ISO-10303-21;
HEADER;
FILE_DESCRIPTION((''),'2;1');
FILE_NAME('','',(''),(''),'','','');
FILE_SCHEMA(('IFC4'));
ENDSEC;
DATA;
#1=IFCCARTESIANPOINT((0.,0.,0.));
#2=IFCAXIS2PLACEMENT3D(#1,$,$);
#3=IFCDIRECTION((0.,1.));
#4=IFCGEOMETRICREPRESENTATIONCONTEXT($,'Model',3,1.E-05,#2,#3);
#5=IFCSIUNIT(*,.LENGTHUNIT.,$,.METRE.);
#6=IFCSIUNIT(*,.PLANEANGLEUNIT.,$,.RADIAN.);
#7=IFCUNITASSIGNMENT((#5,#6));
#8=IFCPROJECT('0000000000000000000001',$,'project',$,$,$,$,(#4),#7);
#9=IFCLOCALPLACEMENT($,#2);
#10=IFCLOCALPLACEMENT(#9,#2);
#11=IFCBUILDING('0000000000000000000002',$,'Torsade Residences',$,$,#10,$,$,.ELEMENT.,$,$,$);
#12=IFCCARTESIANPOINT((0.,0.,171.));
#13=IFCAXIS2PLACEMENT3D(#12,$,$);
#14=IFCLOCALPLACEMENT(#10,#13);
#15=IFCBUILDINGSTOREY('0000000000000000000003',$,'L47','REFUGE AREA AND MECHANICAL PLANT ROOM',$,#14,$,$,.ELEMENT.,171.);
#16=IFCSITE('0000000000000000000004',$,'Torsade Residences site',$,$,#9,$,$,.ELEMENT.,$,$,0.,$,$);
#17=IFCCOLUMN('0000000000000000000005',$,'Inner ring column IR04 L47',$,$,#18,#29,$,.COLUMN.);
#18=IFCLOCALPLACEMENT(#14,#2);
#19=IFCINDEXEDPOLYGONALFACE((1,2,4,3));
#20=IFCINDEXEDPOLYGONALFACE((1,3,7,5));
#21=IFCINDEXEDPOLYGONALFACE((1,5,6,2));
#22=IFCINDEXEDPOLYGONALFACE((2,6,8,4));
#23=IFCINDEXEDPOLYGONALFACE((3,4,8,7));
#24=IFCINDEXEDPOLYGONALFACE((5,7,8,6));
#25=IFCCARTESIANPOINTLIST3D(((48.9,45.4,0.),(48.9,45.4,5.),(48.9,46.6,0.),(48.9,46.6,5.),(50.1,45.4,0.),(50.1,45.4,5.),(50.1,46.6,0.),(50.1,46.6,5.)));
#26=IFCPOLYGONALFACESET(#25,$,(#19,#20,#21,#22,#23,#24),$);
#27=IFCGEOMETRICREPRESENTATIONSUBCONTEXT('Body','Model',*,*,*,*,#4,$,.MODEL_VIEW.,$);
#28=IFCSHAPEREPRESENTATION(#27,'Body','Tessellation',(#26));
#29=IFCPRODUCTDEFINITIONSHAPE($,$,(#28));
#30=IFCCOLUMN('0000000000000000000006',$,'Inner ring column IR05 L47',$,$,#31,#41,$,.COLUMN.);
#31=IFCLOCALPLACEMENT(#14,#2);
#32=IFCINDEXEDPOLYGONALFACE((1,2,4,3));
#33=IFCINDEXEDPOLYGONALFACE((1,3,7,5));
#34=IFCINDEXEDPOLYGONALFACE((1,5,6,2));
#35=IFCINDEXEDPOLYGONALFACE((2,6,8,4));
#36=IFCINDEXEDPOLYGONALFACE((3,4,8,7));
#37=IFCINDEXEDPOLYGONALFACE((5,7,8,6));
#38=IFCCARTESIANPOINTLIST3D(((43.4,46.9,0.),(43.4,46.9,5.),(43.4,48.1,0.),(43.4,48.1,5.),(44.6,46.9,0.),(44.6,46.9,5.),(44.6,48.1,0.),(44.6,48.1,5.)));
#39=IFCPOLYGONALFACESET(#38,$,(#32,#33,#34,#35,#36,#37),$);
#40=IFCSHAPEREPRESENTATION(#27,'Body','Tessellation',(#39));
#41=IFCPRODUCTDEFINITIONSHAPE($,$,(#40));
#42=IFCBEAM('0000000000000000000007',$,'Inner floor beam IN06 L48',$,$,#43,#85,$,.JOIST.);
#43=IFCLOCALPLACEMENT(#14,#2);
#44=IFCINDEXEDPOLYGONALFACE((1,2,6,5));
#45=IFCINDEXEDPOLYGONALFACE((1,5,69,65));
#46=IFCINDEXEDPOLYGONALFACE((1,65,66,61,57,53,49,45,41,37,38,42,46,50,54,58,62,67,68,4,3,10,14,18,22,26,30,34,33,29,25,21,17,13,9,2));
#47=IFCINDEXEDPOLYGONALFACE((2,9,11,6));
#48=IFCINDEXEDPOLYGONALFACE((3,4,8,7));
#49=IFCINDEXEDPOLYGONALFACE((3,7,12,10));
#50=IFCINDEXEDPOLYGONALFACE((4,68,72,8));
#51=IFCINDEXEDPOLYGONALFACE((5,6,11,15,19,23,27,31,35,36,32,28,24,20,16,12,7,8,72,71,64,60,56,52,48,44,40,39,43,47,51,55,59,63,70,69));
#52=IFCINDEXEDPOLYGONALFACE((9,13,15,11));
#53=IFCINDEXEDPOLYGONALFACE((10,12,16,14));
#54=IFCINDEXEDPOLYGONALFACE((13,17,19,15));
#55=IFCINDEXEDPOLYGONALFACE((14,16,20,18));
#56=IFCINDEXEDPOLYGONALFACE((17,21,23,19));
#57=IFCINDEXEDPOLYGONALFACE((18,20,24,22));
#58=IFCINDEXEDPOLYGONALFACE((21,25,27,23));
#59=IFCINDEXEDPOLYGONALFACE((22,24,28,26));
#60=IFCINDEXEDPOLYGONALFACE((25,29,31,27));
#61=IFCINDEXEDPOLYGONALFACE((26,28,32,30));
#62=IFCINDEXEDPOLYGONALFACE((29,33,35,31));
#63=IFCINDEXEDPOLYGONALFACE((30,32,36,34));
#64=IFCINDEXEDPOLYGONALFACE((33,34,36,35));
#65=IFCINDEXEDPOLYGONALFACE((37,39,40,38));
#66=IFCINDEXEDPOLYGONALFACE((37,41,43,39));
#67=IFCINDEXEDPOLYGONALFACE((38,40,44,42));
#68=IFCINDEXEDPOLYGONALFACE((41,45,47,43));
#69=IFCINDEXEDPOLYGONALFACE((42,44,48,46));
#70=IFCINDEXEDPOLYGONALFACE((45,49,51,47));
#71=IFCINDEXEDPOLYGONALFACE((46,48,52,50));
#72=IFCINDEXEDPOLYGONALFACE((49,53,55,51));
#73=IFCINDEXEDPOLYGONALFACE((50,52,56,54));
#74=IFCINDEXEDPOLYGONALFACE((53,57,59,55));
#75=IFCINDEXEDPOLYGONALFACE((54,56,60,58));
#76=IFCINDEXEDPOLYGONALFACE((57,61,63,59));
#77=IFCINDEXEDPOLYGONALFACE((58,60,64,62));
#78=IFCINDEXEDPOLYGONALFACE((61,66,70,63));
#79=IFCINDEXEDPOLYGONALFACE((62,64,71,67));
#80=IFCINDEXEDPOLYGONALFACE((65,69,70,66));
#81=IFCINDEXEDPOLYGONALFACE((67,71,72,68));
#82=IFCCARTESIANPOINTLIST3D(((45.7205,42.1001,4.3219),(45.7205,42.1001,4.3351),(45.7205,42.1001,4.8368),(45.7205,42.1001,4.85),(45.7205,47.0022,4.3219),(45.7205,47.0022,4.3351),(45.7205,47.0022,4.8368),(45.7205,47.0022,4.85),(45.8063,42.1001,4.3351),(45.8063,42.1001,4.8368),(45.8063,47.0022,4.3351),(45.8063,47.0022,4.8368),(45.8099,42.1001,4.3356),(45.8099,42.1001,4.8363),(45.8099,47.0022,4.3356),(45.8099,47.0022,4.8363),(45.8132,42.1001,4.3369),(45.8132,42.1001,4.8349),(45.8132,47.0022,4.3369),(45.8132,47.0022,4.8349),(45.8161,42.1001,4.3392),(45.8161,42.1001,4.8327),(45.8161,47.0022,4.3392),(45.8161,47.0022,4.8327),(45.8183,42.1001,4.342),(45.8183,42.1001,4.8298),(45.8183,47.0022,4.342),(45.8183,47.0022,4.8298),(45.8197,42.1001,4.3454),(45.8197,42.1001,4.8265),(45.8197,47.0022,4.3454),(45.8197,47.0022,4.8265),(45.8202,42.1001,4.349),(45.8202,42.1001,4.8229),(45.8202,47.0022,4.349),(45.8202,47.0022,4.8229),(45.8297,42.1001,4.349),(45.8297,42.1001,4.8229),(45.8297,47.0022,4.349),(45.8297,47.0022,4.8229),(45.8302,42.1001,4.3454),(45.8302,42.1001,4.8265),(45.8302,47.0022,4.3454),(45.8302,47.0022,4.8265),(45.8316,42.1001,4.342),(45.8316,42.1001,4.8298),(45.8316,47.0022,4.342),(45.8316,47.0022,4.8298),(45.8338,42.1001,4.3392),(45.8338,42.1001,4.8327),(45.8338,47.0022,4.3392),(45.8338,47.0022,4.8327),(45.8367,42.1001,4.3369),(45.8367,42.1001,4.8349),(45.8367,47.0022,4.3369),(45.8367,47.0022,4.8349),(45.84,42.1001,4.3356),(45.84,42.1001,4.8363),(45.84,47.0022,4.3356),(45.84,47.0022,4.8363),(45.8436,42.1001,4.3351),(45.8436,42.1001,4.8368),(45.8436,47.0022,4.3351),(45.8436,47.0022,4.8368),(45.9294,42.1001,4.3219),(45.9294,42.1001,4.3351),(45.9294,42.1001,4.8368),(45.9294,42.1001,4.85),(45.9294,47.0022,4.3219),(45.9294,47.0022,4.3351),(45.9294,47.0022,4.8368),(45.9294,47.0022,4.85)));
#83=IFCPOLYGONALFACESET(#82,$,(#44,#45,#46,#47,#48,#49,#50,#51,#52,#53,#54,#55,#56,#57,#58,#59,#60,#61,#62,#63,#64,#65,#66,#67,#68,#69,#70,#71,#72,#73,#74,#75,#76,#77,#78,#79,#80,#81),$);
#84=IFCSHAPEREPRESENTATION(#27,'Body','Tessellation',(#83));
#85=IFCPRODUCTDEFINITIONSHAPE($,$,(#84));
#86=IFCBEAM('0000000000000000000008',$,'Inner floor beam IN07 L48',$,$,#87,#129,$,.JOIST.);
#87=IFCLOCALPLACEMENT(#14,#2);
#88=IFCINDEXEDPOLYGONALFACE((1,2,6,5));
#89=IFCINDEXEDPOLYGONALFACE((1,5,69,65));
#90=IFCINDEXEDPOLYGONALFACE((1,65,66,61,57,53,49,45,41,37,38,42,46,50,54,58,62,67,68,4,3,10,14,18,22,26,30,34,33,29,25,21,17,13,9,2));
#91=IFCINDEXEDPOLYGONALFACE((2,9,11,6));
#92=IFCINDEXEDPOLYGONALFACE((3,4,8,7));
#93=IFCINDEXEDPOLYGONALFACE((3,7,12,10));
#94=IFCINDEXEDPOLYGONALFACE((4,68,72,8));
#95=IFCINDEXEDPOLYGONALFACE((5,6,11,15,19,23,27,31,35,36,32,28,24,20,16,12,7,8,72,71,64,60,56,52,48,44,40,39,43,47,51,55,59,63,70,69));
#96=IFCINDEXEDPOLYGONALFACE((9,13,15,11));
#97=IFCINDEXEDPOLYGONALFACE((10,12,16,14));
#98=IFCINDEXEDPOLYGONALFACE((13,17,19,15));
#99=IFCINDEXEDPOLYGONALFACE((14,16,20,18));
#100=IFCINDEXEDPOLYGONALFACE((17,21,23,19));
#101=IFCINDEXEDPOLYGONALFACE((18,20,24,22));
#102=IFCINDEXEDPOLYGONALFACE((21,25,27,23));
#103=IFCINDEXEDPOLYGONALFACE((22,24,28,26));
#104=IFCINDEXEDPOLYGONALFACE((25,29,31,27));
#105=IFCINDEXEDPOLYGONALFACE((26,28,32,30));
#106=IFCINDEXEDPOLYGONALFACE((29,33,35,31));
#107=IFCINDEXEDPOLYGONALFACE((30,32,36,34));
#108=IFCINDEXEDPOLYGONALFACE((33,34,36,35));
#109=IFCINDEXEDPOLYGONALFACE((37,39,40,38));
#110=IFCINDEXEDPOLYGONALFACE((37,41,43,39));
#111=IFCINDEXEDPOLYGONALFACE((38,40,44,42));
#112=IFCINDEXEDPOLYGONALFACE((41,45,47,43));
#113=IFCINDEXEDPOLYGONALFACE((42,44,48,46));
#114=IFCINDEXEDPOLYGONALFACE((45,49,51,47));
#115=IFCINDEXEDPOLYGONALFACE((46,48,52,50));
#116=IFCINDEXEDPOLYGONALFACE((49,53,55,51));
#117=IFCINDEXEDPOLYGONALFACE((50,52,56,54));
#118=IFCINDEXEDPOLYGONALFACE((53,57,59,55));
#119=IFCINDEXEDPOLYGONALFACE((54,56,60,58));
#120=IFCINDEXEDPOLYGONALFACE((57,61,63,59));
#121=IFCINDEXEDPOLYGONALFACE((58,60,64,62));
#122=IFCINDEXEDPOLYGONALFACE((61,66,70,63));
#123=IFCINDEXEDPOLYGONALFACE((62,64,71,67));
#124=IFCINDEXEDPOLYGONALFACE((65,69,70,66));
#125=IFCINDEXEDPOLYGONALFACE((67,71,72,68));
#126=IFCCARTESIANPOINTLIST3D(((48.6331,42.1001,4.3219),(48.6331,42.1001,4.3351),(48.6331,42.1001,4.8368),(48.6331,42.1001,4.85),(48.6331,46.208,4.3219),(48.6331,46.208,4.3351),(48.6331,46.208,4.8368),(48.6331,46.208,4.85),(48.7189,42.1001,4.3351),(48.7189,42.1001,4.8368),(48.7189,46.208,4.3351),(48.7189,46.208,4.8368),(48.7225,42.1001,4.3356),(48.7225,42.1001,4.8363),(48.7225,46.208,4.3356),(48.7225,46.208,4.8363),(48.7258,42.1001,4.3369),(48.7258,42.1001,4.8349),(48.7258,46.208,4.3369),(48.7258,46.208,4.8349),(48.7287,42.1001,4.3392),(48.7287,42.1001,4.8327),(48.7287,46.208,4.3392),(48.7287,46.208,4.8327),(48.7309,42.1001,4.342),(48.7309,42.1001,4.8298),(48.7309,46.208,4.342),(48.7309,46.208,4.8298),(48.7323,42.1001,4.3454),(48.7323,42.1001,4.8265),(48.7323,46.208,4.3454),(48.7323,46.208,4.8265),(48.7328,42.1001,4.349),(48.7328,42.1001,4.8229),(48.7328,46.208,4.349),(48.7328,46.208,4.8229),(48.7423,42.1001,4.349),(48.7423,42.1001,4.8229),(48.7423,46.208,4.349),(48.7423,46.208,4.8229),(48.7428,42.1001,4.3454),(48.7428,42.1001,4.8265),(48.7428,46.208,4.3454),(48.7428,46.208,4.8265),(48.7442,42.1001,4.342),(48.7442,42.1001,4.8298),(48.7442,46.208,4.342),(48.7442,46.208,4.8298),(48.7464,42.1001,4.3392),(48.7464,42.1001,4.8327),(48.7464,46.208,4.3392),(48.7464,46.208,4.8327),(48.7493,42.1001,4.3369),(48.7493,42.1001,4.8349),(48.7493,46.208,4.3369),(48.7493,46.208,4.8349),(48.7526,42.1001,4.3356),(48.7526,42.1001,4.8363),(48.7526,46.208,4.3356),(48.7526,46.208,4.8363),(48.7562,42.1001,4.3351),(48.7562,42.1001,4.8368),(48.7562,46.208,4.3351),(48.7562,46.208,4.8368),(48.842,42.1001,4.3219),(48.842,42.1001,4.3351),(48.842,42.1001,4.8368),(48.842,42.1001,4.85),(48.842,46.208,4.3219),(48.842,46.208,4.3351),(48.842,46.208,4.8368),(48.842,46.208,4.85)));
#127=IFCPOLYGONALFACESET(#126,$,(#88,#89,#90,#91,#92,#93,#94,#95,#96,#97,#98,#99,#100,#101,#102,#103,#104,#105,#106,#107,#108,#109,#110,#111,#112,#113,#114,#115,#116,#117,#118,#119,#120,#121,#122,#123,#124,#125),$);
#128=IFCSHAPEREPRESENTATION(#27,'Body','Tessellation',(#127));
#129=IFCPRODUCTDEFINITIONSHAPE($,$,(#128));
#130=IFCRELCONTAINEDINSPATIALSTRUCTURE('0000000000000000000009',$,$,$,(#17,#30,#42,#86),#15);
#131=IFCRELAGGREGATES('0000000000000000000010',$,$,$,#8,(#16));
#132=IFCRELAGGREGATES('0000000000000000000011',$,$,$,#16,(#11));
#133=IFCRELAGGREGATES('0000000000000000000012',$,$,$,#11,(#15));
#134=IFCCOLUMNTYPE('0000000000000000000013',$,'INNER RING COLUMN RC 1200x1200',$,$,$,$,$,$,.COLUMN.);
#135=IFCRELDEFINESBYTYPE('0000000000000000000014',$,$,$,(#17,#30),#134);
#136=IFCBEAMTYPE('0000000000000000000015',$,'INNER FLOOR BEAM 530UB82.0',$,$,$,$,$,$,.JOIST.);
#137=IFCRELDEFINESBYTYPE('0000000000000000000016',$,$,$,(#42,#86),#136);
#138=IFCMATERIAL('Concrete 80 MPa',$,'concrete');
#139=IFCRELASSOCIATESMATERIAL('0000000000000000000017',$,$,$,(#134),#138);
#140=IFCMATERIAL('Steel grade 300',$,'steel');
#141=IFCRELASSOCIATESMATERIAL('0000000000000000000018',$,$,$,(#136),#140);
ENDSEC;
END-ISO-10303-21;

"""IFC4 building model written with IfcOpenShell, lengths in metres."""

from ifc_helpers import new_model, si_unit, direction, frame, origin, origin_2d, place, context, subcontext, project, spatial, rectangle, i_section, extrude, material, material_profile, profile_set, type_object, element, save


model = new_model("IFC4")

# Units and contexts
model_context = context("Model", 3, precision=1e-05, world=origin(), true_north=direction((0.0, 1.0)))
body_context = subcontext(model_context, "Body", "Model", "MODEL_VIEW")
ifc_project = project(units=[si_unit("LENGTHUNIT", "METRE"), si_unit("PLANEANGLEUNIT", "RADIAN")], contexts=[model_context])

# Site, building, storey
site_placement = place(None, origin())
site = spatial("IfcSite", under=ifc_project, at=site_placement, Name="Torsade Residences site", CompositionType="ELEMENT", RefElevation=0.0)
building_placement = place(site_placement, origin())
building = spatial("IfcBuilding", under=site, at=building_placement, Name="Torsade Residences", CompositionType="ELEMENT")
storey_placement = place(building_placement, frame((0.0, 0.0, 171.0)))
storey = spatial("IfcBuildingStorey", under=building, at=storey_placement, Name="L47", Description="REFUGE AREA AND MECHANICAL PLANT ROOM", CompositionType="ELEMENT", Elevation=171.0)

# Columns
ifc_material_1 = material(Name="Concrete 80 MPa", Category="concrete")
ifc_material_profile_1 = material_profile(ifc_material_1, rectangle(XDim=1.2, YDim=1.2, at=origin_2d()), Name="RC 1200x1200")
ifc_profile_set_1 = profile_set([ifc_material_profile_1], Name="Concrete 80 MPa")
column_type = type_object("IfcColumnType", Name="INNER RING COLUMN RC 1200x1200", PredefinedType="COLUMN", material=ifc_profile_set_1)
for number, where, z_axis, x_axis, name in (
    (1, (49.5, 46.0, 0.0), (0.0, 0.0, 1.0), (1.0, 0.0, 0.0), "Inner ring column IR04 L47"),
    (2, (44.0, 47.5, 0.0), (0.0, 0.0, 1.0), (1.0, 0.0, 0.0), "Inner ring column IR05 L47"),
):
    element("IfcColumn", number, at=place(storey_placement, frame(where, z_axis=z_axis, x_axis=x_axis)), inside=storey, type_object=column_type, Name=name, PredefinedType="COLUMN", context=body_context, shape_type="SweptSolid", body=[
        extrude(rectangle(XDim=1.2, YDim=1.2, at=origin_2d()), origin(), (0.0, 0.0, 1.0), 5.0),
    ])

# Beams
ifc_material_2 = material(Name="Steel grade 300", Category="steel")
ifc_material_profile_2 = material_profile(ifc_material_2, i_section(OverallWidth=0.209, OverallDepth=0.5281, WebThickness=0.0095, FlangeThickness=0.0132, FilletRadius=0.0139, at=origin_2d()), Name="530UB82.0")
ifc_profile_set_2 = profile_set([ifc_material_profile_2], Name="Steel grade 300")
beam_type_1 = type_object("IfcBeamType", Name="INNER FLOOR BEAM 530UB82.0", PredefinedType="JOIST", material=ifc_profile_set_2)
beam_1_placement = place(storey_placement, frame((45.825, 42.1001, 4.5859), z_axis=(0.0, 1.0, 0.0), x_axis=(-1.0, 0.0, 0.0)))
element("IfcBeam", 3, at=beam_1_placement, inside=storey, type_object=beam_type_1, Name="Inner floor beam IN06 L48", PredefinedType="JOIST", context=body_context, shape_type="SweptSolid", body=[
    extrude(i_section(OverallWidth=0.209, OverallDepth=0.5281, WebThickness=0.0095, FlangeThickness=0.0132, FilletRadius=0.0139, at=origin_2d()), origin(), (0.0, 0.0, 1.0), 4.9021),
])
beam_2_placement = place(storey_placement, frame((48.7375, 42.1001, 4.5859), z_axis=(0.0, 1.0, 0.0), x_axis=(-1.0, 0.0, 0.0)))
element("IfcBeam", 4, at=beam_2_placement, inside=storey, type_object=beam_type_1, Name="Inner floor beam IN07 L48", PredefinedType="JOIST", context=body_context, shape_type="SweptSolid", body=[
    extrude(i_section(OverallWidth=0.209, OverallDepth=0.5281, WebThickness=0.0095, FlangeThickness=0.0132, FilletRadius=0.0139, at=origin_2d()), origin(), (0.0, 0.0, 1.0), 4.1079),
])

save(model, "model.ifc")
